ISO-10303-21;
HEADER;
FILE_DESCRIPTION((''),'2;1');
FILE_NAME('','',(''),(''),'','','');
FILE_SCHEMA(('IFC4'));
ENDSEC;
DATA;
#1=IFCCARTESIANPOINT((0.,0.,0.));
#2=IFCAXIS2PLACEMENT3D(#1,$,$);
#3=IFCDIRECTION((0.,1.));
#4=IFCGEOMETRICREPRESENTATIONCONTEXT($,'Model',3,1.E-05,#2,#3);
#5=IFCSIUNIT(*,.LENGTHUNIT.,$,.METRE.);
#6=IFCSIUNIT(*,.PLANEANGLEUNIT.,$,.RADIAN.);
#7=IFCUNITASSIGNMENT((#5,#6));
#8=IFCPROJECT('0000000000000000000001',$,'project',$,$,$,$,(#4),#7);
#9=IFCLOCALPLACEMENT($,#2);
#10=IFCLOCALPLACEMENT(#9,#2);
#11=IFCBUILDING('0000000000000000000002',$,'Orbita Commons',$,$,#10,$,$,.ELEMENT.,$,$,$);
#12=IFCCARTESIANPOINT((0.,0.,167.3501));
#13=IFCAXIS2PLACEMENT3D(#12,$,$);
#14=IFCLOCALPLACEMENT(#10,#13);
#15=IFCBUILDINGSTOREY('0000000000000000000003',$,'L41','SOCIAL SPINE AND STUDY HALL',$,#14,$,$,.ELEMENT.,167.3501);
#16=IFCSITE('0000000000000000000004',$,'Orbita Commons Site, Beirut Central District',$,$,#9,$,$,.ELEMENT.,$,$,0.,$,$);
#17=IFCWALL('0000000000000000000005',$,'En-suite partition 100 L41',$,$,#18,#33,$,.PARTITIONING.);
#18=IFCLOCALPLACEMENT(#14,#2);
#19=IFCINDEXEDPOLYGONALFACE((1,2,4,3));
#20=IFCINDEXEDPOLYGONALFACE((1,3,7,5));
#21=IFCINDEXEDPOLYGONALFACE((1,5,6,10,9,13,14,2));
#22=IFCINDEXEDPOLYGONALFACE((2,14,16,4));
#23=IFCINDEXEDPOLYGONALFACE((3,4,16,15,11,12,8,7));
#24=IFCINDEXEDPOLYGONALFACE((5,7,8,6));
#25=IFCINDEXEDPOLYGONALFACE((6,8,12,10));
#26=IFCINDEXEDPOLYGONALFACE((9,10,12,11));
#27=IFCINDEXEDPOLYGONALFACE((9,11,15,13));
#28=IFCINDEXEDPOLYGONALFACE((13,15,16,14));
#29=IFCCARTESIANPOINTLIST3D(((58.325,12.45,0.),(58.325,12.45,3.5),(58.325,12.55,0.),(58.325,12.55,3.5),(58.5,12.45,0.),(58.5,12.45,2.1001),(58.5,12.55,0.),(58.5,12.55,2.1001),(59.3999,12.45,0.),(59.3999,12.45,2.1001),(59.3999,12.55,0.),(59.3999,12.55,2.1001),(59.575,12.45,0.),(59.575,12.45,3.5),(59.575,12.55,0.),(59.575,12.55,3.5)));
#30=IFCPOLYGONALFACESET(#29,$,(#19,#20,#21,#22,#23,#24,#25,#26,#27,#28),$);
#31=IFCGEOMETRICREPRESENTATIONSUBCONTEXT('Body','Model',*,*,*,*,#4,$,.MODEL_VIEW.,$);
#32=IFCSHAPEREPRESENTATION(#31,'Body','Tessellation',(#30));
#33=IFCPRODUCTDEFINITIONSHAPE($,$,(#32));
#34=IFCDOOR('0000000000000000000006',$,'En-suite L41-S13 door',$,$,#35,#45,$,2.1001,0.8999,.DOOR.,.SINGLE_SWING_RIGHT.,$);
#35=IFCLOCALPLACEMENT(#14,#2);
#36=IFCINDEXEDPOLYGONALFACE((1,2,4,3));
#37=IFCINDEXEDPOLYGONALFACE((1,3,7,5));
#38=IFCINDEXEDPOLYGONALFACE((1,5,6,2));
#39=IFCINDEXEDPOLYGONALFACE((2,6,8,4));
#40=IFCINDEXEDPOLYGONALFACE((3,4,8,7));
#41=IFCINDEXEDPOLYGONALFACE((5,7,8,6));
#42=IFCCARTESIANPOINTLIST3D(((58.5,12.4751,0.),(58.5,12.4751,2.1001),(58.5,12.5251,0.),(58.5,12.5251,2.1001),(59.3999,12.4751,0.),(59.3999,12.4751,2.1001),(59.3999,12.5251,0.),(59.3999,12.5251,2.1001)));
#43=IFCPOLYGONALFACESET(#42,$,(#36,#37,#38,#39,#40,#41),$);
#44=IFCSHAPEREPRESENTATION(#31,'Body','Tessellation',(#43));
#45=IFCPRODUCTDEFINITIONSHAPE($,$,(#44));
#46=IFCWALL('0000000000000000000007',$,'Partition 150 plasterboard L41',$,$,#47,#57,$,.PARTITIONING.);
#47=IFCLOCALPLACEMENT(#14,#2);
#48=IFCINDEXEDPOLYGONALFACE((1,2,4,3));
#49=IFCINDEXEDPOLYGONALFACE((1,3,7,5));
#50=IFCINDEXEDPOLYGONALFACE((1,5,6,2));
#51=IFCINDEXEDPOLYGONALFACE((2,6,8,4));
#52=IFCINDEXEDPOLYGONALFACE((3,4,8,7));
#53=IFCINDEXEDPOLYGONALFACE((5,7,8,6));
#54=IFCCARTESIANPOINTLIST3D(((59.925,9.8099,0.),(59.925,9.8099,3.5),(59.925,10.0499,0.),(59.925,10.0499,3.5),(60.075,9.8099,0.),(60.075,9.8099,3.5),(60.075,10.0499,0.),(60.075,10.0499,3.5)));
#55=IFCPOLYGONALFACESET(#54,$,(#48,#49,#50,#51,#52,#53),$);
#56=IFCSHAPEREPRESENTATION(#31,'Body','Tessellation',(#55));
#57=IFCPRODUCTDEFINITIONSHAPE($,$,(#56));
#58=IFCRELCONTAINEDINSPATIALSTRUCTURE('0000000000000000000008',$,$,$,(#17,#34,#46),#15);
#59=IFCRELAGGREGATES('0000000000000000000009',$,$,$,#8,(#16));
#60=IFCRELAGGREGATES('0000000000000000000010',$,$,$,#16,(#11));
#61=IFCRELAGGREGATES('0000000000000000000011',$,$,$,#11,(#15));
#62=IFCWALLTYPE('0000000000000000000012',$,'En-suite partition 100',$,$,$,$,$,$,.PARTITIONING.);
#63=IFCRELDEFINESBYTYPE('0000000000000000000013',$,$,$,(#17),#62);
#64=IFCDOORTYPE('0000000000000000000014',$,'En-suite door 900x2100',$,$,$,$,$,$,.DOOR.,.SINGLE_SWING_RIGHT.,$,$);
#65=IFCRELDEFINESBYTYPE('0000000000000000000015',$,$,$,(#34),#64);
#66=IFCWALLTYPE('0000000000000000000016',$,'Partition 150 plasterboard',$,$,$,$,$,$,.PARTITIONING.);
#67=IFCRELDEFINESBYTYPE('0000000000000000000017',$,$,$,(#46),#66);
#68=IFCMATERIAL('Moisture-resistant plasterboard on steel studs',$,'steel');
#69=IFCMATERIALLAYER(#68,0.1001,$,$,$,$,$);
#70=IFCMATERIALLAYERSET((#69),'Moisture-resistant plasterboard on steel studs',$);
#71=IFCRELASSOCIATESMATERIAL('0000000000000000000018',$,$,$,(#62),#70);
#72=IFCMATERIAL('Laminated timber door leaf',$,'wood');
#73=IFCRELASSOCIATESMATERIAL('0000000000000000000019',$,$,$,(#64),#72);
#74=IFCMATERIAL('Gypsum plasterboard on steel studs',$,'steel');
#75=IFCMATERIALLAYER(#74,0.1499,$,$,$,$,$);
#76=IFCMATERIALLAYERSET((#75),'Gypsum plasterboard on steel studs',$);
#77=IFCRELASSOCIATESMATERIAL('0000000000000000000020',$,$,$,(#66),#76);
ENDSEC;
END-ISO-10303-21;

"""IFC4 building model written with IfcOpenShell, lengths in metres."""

from ifc_helpers import new_model, si_unit, direction, frame, frame_2d, origin, place, context, subcontext, project, spatial, rectangle, extrude, material, layer, layer_set, type_object, element, fill, save


model = new_model("IFC4")

# Units and contexts
model_context = context("Model", 3, precision=1e-05, world=origin(), true_north=direction((0.0, 1.0)))
body_context = subcontext(model_context, "Body", "Model", "MODEL_VIEW")
ifc_project = project(units=[si_unit("LENGTHUNIT", "METRE"), si_unit("PLANEANGLEUNIT", "RADIAN")], contexts=[model_context])

# Site, building, storey
site_placement = place(None, origin())
site = spatial("IfcSite", under=ifc_project, at=site_placement, Name="Orbita Commons Site, Beirut Central District", CompositionType="ELEMENT", RefElevation=0.0)
building_placement = place(site_placement, origin())
building = spatial("IfcBuilding", under=site, at=building_placement, Name="Orbita Commons", CompositionType="ELEMENT")
storey_placement = place(building_placement, frame((0.0, 0.0, 167.3501)))
storey = spatial("IfcBuildingStorey", under=building, at=storey_placement, Name="L41", Description="SOCIAL SPINE AND STUDY HALL", CompositionType="ELEMENT", Elevation=167.3501)

# Wall, opening, door
ifc_material_1 = material(Name="Moisture-resistant plasterboard on steel studs", Category="steel")
ifc_layer_1 = layer(ifc_material_1, 0.1001)
ifc_layer_set_1 = layer_set([ifc_layer_1], Name="Moisture-resistant plasterboard on steel studs")
wall_type_1 = type_object("IfcWallType", Name="En-suite partition 100", PredefinedType="PARTITIONING", material=ifc_layer_set_1)
wall_1_placement = place(storey_placement, frame((59.575, 12.5, 0.0), z_axis=(0.0, 0.0, 1.0), x_axis=(-1.0, 0.0, 0.0)))
wall_1 = element("IfcWall", 1, at=wall_1_placement, inside=storey, type_object=wall_type_1, Name="En-suite partition 100 L41", PredefinedType="PARTITIONING", context=body_context, shape_type="SweptSolid", body=[
    extrude(rectangle(XDim=1.25, YDim=0.1001, at=frame_2d((0.625, 0.0))), origin(), (0.0, 0.0, 1.0), 3.5),
])
opening_placement = place(wall_1_placement, frame((0.175, 0.0, 0.0)))
opening = element("IfcOpeningElement", 2, at=opening_placement, cuts=wall_1, PredefinedType="OPENING", context=body_context, shape_type="SweptSolid", body=[
    extrude(rectangle(XDim=0.8999, YDim=2.1001, at=frame_2d((0.45, 1.05))), frame((0.0, 0.0601, 0.0), z_axis=(0.0, -1.0, 0.0), x_axis=(1.0, 0.0, 0.0)), (0.0, 0.0, 1.0), 0.1201),
])
ifc_material_2 = material(Name="Laminated timber door leaf", Category="wood")
door_type = type_object("IfcDoorType", Name="En-suite door 900x2100", OperationType="SINGLE_SWING_RIGHT", PredefinedType="DOOR", material=ifc_material_2)
door_placement = place(opening_placement, origin())
door = element("IfcDoor", 3, at=door_placement, inside=storey, type_object=door_type, Name="En-suite L41-S13 door", OperationType="SINGLE_SWING_RIGHT", OverallHeight=2.1001, OverallWidth=0.8999, PredefinedType="DOOR", context=body_context, shape_type="SweptSolid", body=[
    extrude(rectangle(XDim=0.8999, YDim=2.1001, at=frame_2d((0.45, 1.05))), frame((0.0, 0.0249, 0.0), z_axis=(0.0, -1.0, 0.0), x_axis=(1.0, 0.0, 0.0)), (0.0, 0.0, 1.0), 0.05),
])
fill(opening, door)

# Wall
ifc_material_3 = material(Name="Gypsum plasterboard on steel studs", Category="steel")
ifc_layer_2 = layer(ifc_material_3, 0.1499)
ifc_layer_set_2 = layer_set([ifc_layer_2], Name="Gypsum plasterboard on steel studs")
wall_type_2 = type_object("IfcWallType", Name="Partition 150 plasterboard", PredefinedType="PARTITIONING", material=ifc_layer_set_2)
wall_2_placement = place(storey_placement, frame((60.0, 10.05, 0.0), z_axis=(0.0, 0.0, 1.0), x_axis=(0.0, -1.0, 0.0)))
element("IfcWall", 4, at=wall_2_placement, inside=storey, type_object=wall_type_2, Name="Partition 150 plasterboard L41", PredefinedType="PARTITIONING", context=body_context, shape_type="SweptSolid", body=[
    extrude(rectangle(XDim=0.24, YDim=0.1499, at=frame_2d((0.1201, 0.0))), origin(), (0.0, 0.0, 1.0), 3.5),
])

save(model, "model.ifc")
